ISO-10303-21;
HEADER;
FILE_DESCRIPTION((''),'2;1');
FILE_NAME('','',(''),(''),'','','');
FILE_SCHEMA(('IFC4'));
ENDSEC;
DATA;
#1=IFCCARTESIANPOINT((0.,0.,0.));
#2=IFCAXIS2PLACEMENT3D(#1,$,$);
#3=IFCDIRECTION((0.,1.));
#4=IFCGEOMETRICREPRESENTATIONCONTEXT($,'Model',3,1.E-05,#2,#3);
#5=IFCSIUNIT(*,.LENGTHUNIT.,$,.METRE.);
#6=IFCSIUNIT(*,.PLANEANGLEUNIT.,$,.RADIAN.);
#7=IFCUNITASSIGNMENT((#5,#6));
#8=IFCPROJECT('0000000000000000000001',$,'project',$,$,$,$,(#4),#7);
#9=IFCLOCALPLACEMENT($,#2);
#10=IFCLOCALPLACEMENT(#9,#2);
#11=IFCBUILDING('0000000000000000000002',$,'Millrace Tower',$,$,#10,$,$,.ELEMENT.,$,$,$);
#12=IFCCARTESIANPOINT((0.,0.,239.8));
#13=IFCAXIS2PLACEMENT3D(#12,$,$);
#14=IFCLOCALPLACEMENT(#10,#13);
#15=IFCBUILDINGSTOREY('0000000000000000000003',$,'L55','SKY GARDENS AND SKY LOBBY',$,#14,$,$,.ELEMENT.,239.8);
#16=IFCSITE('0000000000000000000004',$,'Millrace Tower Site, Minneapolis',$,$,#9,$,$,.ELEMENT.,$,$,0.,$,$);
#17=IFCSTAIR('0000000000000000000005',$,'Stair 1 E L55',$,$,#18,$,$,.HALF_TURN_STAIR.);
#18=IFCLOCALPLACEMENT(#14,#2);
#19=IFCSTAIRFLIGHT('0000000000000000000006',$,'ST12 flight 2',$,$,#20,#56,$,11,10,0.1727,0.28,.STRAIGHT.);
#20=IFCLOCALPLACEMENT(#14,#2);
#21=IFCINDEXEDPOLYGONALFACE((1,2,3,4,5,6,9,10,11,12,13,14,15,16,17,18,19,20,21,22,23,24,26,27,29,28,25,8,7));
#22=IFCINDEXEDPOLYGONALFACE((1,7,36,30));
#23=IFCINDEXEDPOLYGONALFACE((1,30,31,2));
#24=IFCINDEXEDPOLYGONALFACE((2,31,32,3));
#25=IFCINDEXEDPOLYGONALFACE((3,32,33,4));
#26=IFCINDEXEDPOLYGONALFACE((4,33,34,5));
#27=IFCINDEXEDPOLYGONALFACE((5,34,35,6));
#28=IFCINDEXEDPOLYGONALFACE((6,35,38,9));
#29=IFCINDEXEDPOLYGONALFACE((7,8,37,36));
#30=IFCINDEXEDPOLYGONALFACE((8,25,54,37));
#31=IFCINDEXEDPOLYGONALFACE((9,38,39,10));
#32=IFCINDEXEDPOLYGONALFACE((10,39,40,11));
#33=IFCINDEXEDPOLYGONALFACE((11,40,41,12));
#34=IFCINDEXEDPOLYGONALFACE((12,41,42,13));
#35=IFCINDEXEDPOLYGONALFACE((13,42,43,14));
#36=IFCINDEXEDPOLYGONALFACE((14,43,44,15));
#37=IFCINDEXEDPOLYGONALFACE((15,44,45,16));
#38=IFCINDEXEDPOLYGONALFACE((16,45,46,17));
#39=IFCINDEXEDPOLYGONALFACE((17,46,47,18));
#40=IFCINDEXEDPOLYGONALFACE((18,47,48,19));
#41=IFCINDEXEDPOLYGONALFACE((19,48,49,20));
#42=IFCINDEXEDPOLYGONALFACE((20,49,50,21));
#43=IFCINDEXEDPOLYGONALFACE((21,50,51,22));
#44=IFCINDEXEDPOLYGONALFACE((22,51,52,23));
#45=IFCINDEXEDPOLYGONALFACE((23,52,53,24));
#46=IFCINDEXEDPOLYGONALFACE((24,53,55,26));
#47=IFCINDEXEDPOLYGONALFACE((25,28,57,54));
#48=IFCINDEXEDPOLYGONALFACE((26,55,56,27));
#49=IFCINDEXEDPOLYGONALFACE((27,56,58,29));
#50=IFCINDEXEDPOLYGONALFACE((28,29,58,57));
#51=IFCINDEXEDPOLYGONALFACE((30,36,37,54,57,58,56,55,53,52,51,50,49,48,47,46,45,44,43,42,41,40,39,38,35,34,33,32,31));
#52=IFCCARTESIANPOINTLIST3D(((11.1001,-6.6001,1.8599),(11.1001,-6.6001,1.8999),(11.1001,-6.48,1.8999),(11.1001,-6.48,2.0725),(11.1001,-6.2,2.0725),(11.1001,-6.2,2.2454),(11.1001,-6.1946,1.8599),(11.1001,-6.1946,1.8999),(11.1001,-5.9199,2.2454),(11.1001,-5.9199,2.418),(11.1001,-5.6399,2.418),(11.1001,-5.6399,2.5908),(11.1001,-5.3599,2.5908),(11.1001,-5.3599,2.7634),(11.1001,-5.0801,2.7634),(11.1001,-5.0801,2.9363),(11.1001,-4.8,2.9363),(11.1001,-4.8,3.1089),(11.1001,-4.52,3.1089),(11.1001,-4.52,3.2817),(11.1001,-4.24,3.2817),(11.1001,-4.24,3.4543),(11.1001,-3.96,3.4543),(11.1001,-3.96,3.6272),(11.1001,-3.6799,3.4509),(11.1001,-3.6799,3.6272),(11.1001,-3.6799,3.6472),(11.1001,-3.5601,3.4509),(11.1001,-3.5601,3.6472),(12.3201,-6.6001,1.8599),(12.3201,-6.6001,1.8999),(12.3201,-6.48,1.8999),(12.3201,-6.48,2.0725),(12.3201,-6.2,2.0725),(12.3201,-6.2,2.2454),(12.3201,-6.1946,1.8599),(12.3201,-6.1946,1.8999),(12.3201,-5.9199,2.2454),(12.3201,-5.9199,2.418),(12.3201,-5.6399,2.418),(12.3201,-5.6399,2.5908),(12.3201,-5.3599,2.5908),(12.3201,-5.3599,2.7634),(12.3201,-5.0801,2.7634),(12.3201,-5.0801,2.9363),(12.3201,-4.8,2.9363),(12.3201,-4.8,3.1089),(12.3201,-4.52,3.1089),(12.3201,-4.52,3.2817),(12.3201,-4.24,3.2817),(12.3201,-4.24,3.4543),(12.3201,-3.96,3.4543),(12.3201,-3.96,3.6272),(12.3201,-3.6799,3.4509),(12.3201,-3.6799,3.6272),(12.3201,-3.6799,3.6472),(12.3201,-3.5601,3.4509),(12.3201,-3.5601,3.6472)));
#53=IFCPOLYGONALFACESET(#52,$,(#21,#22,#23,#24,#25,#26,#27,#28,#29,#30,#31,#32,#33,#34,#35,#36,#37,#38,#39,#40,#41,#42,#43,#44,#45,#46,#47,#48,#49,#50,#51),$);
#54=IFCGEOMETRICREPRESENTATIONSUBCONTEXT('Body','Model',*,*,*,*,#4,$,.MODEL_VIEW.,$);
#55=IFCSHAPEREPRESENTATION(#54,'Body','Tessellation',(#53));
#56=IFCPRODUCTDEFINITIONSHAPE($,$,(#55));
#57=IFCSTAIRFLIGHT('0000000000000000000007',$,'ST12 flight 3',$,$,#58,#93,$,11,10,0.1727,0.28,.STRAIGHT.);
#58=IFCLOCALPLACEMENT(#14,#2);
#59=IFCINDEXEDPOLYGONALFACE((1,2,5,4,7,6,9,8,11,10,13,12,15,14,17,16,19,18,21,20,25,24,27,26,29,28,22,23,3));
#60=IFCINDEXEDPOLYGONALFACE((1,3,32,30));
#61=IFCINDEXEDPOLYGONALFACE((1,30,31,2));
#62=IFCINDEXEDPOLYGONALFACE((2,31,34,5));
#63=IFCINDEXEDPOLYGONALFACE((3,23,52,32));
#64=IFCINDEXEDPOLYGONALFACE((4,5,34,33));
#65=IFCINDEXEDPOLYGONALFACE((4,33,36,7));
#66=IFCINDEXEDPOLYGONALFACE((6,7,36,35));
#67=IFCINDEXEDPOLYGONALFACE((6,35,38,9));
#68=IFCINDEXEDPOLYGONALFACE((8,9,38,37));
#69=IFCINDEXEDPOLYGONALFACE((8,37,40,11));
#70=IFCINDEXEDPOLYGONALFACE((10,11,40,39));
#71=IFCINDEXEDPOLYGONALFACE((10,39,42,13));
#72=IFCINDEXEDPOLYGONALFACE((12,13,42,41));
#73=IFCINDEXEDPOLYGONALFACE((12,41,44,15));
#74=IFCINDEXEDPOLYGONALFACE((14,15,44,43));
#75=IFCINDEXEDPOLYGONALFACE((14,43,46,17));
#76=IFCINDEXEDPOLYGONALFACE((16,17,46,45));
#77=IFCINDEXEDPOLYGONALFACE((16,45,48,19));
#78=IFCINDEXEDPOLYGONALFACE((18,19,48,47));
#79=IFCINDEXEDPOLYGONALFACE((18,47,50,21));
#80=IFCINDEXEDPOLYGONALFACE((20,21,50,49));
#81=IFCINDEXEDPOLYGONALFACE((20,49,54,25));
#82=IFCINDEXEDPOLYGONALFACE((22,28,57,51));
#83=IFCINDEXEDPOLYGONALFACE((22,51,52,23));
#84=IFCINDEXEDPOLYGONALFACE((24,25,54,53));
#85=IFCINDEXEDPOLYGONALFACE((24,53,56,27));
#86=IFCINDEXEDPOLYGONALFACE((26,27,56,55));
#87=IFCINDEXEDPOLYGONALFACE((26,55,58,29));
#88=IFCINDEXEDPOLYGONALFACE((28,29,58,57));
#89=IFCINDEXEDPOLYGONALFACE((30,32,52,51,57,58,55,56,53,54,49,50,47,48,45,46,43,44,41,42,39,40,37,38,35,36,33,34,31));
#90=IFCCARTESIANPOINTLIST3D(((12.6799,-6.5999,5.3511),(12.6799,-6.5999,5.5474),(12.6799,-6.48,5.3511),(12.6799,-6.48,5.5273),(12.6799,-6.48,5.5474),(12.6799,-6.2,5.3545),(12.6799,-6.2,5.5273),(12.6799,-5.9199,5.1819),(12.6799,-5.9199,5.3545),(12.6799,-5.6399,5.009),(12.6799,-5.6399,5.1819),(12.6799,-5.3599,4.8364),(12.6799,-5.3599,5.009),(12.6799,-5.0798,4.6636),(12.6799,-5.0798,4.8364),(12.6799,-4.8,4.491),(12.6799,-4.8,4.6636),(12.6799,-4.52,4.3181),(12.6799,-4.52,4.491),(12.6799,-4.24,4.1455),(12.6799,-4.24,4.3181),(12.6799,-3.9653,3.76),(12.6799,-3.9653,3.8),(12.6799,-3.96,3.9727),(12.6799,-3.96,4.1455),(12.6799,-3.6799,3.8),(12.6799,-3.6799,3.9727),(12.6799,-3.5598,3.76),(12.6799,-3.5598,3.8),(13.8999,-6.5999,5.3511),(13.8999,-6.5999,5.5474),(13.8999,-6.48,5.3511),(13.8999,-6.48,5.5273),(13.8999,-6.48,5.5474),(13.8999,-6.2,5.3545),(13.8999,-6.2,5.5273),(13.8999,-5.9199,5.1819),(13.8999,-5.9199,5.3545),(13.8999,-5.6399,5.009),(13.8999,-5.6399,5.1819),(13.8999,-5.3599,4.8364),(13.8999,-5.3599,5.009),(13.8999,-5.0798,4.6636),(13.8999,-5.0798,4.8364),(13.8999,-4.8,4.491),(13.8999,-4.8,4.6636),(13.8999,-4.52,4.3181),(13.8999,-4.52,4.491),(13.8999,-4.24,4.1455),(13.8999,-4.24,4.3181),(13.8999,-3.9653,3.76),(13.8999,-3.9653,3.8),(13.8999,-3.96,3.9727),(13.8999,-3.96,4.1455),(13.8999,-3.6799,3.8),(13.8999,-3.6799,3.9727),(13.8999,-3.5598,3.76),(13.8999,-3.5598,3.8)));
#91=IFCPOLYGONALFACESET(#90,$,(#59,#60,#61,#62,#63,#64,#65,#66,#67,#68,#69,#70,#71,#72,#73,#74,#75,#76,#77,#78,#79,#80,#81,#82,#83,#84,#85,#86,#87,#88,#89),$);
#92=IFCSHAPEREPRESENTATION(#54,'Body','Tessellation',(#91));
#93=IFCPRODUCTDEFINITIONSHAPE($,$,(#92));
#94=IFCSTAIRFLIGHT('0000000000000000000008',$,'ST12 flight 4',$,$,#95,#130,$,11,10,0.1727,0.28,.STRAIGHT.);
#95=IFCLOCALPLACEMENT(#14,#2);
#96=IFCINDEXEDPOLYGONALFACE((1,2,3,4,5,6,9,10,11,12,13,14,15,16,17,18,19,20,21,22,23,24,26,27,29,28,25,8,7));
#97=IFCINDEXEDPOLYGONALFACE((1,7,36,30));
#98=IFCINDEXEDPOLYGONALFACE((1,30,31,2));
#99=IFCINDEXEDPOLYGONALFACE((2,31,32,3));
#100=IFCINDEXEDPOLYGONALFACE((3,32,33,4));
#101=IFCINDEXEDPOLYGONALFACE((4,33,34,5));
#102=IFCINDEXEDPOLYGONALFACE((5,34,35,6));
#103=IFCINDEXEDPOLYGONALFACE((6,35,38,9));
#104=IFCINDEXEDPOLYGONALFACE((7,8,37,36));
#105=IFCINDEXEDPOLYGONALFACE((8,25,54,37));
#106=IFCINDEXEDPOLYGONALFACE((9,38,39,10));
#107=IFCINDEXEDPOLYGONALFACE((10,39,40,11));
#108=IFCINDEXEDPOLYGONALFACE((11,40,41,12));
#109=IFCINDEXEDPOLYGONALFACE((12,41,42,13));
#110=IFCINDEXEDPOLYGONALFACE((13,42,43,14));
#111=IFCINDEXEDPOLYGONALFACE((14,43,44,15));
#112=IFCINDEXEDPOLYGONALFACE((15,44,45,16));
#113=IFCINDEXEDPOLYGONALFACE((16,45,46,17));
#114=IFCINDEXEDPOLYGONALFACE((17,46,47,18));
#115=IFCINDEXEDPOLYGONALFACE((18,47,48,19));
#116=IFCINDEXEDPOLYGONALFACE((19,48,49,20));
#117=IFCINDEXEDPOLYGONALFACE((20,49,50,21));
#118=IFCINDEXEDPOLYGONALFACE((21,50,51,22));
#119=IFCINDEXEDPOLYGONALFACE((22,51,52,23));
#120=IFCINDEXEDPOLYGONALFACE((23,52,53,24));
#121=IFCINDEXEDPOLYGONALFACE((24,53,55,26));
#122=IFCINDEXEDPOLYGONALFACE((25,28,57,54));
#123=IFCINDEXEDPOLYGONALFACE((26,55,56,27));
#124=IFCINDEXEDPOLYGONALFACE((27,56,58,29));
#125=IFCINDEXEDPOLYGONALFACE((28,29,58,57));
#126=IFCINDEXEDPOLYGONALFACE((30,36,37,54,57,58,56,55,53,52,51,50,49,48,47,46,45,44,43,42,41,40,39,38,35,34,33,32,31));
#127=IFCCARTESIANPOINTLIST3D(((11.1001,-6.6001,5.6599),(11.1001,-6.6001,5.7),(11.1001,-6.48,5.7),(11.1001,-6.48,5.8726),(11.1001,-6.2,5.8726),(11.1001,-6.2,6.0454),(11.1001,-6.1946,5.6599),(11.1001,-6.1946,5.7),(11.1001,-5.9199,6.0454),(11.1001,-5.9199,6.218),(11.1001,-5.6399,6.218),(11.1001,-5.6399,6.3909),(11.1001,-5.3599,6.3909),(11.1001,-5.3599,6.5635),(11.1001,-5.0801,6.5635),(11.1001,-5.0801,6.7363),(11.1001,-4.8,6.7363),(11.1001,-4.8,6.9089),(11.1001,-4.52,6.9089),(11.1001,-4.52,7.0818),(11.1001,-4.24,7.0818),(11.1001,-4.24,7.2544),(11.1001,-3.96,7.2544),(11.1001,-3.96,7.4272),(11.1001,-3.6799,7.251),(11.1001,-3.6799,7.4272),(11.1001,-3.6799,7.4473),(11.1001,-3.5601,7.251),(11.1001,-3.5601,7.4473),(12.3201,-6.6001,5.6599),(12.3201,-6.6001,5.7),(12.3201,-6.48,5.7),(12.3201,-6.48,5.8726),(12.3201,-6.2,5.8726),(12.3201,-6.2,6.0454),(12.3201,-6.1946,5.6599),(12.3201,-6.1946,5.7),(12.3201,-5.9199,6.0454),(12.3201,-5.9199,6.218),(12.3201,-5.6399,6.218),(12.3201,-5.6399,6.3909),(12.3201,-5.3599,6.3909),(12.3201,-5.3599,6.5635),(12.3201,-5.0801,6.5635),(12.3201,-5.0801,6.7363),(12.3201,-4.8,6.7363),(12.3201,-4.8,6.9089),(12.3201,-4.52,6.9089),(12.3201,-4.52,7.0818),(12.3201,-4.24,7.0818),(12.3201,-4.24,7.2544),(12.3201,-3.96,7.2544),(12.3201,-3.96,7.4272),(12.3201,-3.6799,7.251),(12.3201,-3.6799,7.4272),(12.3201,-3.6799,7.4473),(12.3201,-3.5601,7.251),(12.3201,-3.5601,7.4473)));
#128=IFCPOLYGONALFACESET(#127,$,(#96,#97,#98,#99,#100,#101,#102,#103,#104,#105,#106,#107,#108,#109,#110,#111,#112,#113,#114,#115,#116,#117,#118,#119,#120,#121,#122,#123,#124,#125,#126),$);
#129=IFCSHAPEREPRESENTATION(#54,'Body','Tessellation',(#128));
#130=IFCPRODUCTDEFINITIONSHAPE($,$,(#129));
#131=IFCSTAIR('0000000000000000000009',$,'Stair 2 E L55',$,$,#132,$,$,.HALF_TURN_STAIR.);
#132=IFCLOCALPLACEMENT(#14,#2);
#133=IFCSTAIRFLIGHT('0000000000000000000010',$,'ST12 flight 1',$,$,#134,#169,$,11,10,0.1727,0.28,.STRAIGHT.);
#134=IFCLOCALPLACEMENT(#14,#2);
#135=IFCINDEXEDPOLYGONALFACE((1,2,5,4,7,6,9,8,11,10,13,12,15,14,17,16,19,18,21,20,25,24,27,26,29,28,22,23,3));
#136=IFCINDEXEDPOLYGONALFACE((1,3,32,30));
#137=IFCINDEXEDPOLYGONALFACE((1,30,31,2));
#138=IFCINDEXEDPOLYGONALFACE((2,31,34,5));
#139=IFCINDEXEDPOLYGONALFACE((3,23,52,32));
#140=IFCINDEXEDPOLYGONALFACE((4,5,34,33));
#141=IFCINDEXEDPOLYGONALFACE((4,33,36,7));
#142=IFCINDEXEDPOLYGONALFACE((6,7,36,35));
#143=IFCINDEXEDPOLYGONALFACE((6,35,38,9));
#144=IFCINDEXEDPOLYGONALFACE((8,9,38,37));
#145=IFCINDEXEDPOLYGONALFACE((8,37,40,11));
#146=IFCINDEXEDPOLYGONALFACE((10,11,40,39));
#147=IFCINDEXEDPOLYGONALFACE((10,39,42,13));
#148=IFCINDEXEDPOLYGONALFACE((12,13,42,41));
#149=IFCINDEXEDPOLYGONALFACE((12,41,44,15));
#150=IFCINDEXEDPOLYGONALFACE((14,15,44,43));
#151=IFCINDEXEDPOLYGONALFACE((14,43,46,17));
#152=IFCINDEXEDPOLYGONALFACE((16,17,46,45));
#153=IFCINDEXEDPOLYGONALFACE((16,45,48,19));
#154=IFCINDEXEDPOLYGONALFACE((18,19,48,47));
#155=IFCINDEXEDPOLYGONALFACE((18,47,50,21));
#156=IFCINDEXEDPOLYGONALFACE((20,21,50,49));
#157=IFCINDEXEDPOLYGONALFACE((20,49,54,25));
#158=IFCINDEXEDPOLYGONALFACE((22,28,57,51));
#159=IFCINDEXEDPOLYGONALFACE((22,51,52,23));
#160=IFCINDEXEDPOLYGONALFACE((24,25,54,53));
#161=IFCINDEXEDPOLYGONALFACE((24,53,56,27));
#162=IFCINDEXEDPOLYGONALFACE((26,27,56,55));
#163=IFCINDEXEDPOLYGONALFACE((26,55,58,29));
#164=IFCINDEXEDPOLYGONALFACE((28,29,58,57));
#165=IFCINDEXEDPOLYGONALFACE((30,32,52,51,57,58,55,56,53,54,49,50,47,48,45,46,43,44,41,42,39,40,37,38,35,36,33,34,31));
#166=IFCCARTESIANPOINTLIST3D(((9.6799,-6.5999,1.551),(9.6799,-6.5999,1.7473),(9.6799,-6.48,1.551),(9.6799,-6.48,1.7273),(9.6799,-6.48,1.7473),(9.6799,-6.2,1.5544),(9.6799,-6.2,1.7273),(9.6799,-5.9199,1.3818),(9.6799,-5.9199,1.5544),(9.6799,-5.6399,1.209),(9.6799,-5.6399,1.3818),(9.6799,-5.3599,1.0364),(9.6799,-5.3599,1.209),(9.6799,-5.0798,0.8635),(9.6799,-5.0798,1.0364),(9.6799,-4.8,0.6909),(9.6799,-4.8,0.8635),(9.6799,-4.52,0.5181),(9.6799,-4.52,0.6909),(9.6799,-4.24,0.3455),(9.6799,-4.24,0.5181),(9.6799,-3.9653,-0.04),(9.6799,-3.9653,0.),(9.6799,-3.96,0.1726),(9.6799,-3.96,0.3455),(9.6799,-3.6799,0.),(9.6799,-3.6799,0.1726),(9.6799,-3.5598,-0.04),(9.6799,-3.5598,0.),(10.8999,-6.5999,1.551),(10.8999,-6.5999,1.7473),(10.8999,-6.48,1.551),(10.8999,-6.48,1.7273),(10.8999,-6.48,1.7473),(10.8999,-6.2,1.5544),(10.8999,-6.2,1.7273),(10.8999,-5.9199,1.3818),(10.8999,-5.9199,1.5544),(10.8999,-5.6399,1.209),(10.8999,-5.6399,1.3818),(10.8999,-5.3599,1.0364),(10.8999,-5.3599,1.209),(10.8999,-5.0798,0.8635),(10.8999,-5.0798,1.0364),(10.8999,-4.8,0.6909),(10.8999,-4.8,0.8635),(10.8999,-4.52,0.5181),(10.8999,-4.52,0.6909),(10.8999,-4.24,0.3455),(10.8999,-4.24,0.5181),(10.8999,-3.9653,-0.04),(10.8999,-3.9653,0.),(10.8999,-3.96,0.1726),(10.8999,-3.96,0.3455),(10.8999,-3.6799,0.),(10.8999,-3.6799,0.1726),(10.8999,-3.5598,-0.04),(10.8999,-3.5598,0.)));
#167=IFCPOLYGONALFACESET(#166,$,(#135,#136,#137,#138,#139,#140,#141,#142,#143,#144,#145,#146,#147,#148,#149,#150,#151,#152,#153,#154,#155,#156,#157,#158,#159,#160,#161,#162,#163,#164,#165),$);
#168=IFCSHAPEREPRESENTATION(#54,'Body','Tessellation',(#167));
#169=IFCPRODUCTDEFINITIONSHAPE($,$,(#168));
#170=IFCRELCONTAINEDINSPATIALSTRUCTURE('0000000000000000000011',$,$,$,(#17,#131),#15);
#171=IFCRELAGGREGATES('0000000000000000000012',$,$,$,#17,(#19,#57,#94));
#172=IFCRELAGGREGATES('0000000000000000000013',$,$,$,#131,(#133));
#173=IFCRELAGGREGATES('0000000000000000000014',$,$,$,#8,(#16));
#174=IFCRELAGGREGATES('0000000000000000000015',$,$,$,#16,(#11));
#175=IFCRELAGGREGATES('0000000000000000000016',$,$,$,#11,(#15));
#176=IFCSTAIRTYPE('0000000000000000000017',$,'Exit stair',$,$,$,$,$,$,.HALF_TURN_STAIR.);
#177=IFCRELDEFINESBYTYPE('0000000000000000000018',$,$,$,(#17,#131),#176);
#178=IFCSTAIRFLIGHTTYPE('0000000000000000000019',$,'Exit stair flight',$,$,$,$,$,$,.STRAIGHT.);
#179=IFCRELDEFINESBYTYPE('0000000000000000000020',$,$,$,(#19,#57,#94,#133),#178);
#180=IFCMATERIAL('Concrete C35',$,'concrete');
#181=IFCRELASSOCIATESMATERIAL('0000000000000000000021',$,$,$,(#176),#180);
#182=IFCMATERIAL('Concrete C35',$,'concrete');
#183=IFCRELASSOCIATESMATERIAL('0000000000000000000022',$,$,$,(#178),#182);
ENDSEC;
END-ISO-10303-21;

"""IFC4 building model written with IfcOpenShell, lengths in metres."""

from ifc_helpers import new_model, si_unit, direction, frame, origin, place, context, subcontext, project, spatial, polyline, outline, extrude, material, type_object, element, aggregate, save


model = new_model("IFC4")

# Units and contexts
model_context = context("Model", 3, precision=1e-05, world=origin(), true_north=direction((0.0, 1.0)))
body_context = subcontext(model_context, "Body", "Model", "MODEL_VIEW")
ifc_project = project(units=[si_unit("LENGTHUNIT", "METRE"), si_unit("PLANEANGLEUNIT", "RADIAN")], contexts=[model_context])

# Site, building, storey
site_placement = place(None, origin())
site = spatial("IfcSite", under=ifc_project, at=site_placement, Name="Millrace Tower Site, Minneapolis", CompositionType="ELEMENT", RefElevation=0.0)
building_placement = place(site_placement, origin())
building = spatial("IfcBuilding", under=site, at=building_placement, Name="Millrace Tower", CompositionType="ELEMENT")
storey_placement = place(building_placement, frame((0.0, 0.0, 239.8)))
storey = spatial("IfcBuildingStorey", under=building, at=storey_placement, Name="L55", Description="SKY GARDENS AND SKY LOBBY", CompositionType="ELEMENT", Elevation=239.8)

# Shared definitions
placement = place(storey_placement, origin())

# Stairs, stair flights
ifc_material_1 = material(Name="Concrete C35", Category="concrete")
stair_type = type_object("IfcStairType", Name="Exit stair", PredefinedType="HALF_TURN_STAIR", material=ifc_material_1)
stair_1 = element("IfcStair", 1, at=placement, inside=storey, type_object=stair_type, Name="Stair 1 E L55", PredefinedType="HALF_TURN_STAIR")
ifc_material_2 = material(Name="Concrete C35", Category="concrete")
stair_flight_type = type_object("IfcStairFlightType", Name="Exit stair flight", PredefinedType="STRAIGHT", material=ifc_material_2)
stair_flight_1_placement = place(storey_placement, frame((11.71, -6.48, 1.8999), z_axis=(0.0, 0.0, 1.0), x_axis=(0.0, 1.0, 0.0)))
stair_flight_1 = element("IfcStairFlight", 2, at=stair_flight_1_placement, type_object=stair_flight_type, Name="ST12 flight 2", NumberOfRisers=11, NumberOfTreads=10, PredefinedType="STRAIGHT", RiserHeight=0.1727, TreadLength=0.28, context=body_context, shape_type="SweptSolid", body=[
    extrude(outline(polyline([(-0.1201, -0.04), (-0.1201, 0.0), (0.0, 0.0), (0.0, 0.1726), (0.28, 0.1726), (0.28, 0.3455), (0.5601, 0.3455), (0.5601, 0.5181), (0.8401, 0.5181), (0.8401, 0.6909), (1.1201, 0.6909), (1.1201, 0.8635), (1.3999, 0.8635), (1.3999, 1.0364), (1.6799, 1.0364), (1.6799, 1.209), (1.96, 1.209), (1.96, 1.3818), (2.24, 1.3818), (2.24, 1.5544), (2.52, 1.5544), (2.52, 1.7273), (2.8, 1.7273), (2.8, 1.7473), (2.9199, 1.7473), (2.9199, 1.551), (2.8, 1.551), (0.2854, 0.0), (0.2854, -0.04), (-0.1201, -0.04)])), frame((0.0, 0.6099, 0.0), z_axis=(0.0, -1.0, 0.0), x_axis=(1.0, 0.0, 0.0)), (0.0, 0.0, 1.0), 1.22),
])
stair_flight_2_placement = place(storey_placement, frame((13.29, -3.6799, 3.8), z_axis=(0.0, 0.0, 1.0), x_axis=(0.0, -1.0, 0.0)))
stair_flight_2 = element("IfcStairFlight", 3, at=stair_flight_2_placement, type_object=stair_flight_type, Name="ST12 flight 3", NumberOfRisers=11, NumberOfTreads=10, PredefinedType="STRAIGHT", RiserHeight=0.1727, TreadLength=0.28, context=body_context, shape_type="SweptSolid", body=[
    extrude(outline(polyline([(-0.1201, -0.04), (-0.1201, 0.0), (0.0, 0.0), (0.0, 0.1726), (0.28, 0.1726), (0.28, 0.3455), (0.5601, 0.3455), (0.5601, 0.5181), (0.8401, 0.5181), (0.8401, 0.6909), (1.1201, 0.6909), (1.1201, 0.8635), (1.3999, 0.8635), (1.3999, 1.0364), (1.6799, 1.0364), (1.6799, 1.209), (1.96, 1.209), (1.96, 1.3818), (2.24, 1.3818), (2.24, 1.5544), (2.52, 1.5544), (2.52, 1.7273), (2.8, 1.7273), (2.8, 1.7473), (2.9199, 1.7473), (2.9199, 1.551), (2.8, 1.551), (0.2854, 0.0), (0.2854, -0.04), (-0.1201, -0.04)])), frame((0.0, 0.6099, 0.0), z_axis=(0.0, -1.0, 0.0), x_axis=(1.0, 0.0, 0.0)), (0.0, 0.0, 1.0), 1.22),
])
stair_flight_3_placement = place(storey_placement, frame((11.71, -6.48, 5.7), z_axis=(0.0, 0.0, 1.0), x_axis=(0.0, 1.0, 0.0)))
stair_flight_3 = element("IfcStairFlight", 4, at=stair_flight_3_placement, type_object=stair_flight_type, Name="ST12 flight 4", NumberOfRisers=11, NumberOfTreads=10, PredefinedType="STRAIGHT", RiserHeight=0.1727, TreadLength=0.28, context=body_context, shape_type="SweptSolid", body=[
    extrude(outline(polyline([(-0.1201, -0.04), (-0.1201, 0.0), (0.0, 0.0), (0.0, 0.1726), (0.28, 0.1726), (0.28, 0.3455), (0.5601, 0.3455), (0.5601, 0.5181), (0.8401, 0.5181), (0.8401, 0.6909), (1.1201, 0.6909), (1.1201, 0.8635), (1.3999, 0.8635), (1.3999, 1.0364), (1.6799, 1.0364), (1.6799, 1.209), (1.96, 1.209), (1.96, 1.3818), (2.24, 1.3818), (2.24, 1.5544), (2.52, 1.5544), (2.52, 1.7273), (2.8, 1.7273), (2.8, 1.7473), (2.9199, 1.7473), (2.9199, 1.551), (2.8, 1.551), (0.2854, 0.0), (0.2854, -0.04), (-0.1201, -0.04)])), frame((0.0, 0.6099, 0.0), z_axis=(0.0, -1.0, 0.0), x_axis=(1.0, 0.0, 0.0)), (0.0, 0.0, 1.0), 1.22),
])
aggregate(stair_1, [stair_flight_1, stair_flight_2, stair_flight_3])
stair_2 = element("IfcStair", 5, at=placement, inside=storey, type_object=stair_type, Name="Stair 2 E L55", PredefinedType="HALF_TURN_STAIR")
stair_flight_4_placement = place(storey_placement, frame((10.29, -3.6799, 0.0), z_axis=(0.0, 0.0, 1.0), x_axis=(0.0, -1.0, 0.0)))
stair_flight_4 = element("IfcStairFlight", 6, at=stair_flight_4_placement, type_object=stair_flight_type, Name="ST12 flight 1", NumberOfRisers=11, NumberOfTreads=10, PredefinedType="STRAIGHT", RiserHeight=0.1727, TreadLength=0.28, context=body_context, shape_type="SweptSolid", body=[
    extrude(outline(polyline([(-0.1201, -0.04), (-0.1201, 0.0), (0.0, 0.0), (0.0, 0.1726), (0.28, 0.1726), (0.28, 0.3455), (0.5601, 0.3455), (0.5601, 0.5181), (0.8401, 0.5181), (0.8401, 0.6909), (1.1201, 0.6909), (1.1201, 0.8635), (1.3999, 0.8635), (1.3999, 1.0364), (1.6799, 1.0364), (1.6799, 1.209), (1.96, 1.209), (1.96, 1.3818), (2.24, 1.3818), (2.24, 1.5544), (2.52, 1.5544), (2.52, 1.7273), (2.8, 1.7273), (2.8, 1.7473), (2.9199, 1.7473), (2.9199, 1.551), (2.8, 1.551), (0.2854, 0.0), (0.2854, -0.04), (-0.1201, -0.04)])), frame((0.0, 0.6099, 0.0), z_axis=(0.0, -1.0, 0.0), x_axis=(1.0, 0.0, 0.0)), (0.0, 0.0, 1.0), 1.22),
])
aggregate(stair_2, [stair_flight_4])

save(model, "model.ifc")
